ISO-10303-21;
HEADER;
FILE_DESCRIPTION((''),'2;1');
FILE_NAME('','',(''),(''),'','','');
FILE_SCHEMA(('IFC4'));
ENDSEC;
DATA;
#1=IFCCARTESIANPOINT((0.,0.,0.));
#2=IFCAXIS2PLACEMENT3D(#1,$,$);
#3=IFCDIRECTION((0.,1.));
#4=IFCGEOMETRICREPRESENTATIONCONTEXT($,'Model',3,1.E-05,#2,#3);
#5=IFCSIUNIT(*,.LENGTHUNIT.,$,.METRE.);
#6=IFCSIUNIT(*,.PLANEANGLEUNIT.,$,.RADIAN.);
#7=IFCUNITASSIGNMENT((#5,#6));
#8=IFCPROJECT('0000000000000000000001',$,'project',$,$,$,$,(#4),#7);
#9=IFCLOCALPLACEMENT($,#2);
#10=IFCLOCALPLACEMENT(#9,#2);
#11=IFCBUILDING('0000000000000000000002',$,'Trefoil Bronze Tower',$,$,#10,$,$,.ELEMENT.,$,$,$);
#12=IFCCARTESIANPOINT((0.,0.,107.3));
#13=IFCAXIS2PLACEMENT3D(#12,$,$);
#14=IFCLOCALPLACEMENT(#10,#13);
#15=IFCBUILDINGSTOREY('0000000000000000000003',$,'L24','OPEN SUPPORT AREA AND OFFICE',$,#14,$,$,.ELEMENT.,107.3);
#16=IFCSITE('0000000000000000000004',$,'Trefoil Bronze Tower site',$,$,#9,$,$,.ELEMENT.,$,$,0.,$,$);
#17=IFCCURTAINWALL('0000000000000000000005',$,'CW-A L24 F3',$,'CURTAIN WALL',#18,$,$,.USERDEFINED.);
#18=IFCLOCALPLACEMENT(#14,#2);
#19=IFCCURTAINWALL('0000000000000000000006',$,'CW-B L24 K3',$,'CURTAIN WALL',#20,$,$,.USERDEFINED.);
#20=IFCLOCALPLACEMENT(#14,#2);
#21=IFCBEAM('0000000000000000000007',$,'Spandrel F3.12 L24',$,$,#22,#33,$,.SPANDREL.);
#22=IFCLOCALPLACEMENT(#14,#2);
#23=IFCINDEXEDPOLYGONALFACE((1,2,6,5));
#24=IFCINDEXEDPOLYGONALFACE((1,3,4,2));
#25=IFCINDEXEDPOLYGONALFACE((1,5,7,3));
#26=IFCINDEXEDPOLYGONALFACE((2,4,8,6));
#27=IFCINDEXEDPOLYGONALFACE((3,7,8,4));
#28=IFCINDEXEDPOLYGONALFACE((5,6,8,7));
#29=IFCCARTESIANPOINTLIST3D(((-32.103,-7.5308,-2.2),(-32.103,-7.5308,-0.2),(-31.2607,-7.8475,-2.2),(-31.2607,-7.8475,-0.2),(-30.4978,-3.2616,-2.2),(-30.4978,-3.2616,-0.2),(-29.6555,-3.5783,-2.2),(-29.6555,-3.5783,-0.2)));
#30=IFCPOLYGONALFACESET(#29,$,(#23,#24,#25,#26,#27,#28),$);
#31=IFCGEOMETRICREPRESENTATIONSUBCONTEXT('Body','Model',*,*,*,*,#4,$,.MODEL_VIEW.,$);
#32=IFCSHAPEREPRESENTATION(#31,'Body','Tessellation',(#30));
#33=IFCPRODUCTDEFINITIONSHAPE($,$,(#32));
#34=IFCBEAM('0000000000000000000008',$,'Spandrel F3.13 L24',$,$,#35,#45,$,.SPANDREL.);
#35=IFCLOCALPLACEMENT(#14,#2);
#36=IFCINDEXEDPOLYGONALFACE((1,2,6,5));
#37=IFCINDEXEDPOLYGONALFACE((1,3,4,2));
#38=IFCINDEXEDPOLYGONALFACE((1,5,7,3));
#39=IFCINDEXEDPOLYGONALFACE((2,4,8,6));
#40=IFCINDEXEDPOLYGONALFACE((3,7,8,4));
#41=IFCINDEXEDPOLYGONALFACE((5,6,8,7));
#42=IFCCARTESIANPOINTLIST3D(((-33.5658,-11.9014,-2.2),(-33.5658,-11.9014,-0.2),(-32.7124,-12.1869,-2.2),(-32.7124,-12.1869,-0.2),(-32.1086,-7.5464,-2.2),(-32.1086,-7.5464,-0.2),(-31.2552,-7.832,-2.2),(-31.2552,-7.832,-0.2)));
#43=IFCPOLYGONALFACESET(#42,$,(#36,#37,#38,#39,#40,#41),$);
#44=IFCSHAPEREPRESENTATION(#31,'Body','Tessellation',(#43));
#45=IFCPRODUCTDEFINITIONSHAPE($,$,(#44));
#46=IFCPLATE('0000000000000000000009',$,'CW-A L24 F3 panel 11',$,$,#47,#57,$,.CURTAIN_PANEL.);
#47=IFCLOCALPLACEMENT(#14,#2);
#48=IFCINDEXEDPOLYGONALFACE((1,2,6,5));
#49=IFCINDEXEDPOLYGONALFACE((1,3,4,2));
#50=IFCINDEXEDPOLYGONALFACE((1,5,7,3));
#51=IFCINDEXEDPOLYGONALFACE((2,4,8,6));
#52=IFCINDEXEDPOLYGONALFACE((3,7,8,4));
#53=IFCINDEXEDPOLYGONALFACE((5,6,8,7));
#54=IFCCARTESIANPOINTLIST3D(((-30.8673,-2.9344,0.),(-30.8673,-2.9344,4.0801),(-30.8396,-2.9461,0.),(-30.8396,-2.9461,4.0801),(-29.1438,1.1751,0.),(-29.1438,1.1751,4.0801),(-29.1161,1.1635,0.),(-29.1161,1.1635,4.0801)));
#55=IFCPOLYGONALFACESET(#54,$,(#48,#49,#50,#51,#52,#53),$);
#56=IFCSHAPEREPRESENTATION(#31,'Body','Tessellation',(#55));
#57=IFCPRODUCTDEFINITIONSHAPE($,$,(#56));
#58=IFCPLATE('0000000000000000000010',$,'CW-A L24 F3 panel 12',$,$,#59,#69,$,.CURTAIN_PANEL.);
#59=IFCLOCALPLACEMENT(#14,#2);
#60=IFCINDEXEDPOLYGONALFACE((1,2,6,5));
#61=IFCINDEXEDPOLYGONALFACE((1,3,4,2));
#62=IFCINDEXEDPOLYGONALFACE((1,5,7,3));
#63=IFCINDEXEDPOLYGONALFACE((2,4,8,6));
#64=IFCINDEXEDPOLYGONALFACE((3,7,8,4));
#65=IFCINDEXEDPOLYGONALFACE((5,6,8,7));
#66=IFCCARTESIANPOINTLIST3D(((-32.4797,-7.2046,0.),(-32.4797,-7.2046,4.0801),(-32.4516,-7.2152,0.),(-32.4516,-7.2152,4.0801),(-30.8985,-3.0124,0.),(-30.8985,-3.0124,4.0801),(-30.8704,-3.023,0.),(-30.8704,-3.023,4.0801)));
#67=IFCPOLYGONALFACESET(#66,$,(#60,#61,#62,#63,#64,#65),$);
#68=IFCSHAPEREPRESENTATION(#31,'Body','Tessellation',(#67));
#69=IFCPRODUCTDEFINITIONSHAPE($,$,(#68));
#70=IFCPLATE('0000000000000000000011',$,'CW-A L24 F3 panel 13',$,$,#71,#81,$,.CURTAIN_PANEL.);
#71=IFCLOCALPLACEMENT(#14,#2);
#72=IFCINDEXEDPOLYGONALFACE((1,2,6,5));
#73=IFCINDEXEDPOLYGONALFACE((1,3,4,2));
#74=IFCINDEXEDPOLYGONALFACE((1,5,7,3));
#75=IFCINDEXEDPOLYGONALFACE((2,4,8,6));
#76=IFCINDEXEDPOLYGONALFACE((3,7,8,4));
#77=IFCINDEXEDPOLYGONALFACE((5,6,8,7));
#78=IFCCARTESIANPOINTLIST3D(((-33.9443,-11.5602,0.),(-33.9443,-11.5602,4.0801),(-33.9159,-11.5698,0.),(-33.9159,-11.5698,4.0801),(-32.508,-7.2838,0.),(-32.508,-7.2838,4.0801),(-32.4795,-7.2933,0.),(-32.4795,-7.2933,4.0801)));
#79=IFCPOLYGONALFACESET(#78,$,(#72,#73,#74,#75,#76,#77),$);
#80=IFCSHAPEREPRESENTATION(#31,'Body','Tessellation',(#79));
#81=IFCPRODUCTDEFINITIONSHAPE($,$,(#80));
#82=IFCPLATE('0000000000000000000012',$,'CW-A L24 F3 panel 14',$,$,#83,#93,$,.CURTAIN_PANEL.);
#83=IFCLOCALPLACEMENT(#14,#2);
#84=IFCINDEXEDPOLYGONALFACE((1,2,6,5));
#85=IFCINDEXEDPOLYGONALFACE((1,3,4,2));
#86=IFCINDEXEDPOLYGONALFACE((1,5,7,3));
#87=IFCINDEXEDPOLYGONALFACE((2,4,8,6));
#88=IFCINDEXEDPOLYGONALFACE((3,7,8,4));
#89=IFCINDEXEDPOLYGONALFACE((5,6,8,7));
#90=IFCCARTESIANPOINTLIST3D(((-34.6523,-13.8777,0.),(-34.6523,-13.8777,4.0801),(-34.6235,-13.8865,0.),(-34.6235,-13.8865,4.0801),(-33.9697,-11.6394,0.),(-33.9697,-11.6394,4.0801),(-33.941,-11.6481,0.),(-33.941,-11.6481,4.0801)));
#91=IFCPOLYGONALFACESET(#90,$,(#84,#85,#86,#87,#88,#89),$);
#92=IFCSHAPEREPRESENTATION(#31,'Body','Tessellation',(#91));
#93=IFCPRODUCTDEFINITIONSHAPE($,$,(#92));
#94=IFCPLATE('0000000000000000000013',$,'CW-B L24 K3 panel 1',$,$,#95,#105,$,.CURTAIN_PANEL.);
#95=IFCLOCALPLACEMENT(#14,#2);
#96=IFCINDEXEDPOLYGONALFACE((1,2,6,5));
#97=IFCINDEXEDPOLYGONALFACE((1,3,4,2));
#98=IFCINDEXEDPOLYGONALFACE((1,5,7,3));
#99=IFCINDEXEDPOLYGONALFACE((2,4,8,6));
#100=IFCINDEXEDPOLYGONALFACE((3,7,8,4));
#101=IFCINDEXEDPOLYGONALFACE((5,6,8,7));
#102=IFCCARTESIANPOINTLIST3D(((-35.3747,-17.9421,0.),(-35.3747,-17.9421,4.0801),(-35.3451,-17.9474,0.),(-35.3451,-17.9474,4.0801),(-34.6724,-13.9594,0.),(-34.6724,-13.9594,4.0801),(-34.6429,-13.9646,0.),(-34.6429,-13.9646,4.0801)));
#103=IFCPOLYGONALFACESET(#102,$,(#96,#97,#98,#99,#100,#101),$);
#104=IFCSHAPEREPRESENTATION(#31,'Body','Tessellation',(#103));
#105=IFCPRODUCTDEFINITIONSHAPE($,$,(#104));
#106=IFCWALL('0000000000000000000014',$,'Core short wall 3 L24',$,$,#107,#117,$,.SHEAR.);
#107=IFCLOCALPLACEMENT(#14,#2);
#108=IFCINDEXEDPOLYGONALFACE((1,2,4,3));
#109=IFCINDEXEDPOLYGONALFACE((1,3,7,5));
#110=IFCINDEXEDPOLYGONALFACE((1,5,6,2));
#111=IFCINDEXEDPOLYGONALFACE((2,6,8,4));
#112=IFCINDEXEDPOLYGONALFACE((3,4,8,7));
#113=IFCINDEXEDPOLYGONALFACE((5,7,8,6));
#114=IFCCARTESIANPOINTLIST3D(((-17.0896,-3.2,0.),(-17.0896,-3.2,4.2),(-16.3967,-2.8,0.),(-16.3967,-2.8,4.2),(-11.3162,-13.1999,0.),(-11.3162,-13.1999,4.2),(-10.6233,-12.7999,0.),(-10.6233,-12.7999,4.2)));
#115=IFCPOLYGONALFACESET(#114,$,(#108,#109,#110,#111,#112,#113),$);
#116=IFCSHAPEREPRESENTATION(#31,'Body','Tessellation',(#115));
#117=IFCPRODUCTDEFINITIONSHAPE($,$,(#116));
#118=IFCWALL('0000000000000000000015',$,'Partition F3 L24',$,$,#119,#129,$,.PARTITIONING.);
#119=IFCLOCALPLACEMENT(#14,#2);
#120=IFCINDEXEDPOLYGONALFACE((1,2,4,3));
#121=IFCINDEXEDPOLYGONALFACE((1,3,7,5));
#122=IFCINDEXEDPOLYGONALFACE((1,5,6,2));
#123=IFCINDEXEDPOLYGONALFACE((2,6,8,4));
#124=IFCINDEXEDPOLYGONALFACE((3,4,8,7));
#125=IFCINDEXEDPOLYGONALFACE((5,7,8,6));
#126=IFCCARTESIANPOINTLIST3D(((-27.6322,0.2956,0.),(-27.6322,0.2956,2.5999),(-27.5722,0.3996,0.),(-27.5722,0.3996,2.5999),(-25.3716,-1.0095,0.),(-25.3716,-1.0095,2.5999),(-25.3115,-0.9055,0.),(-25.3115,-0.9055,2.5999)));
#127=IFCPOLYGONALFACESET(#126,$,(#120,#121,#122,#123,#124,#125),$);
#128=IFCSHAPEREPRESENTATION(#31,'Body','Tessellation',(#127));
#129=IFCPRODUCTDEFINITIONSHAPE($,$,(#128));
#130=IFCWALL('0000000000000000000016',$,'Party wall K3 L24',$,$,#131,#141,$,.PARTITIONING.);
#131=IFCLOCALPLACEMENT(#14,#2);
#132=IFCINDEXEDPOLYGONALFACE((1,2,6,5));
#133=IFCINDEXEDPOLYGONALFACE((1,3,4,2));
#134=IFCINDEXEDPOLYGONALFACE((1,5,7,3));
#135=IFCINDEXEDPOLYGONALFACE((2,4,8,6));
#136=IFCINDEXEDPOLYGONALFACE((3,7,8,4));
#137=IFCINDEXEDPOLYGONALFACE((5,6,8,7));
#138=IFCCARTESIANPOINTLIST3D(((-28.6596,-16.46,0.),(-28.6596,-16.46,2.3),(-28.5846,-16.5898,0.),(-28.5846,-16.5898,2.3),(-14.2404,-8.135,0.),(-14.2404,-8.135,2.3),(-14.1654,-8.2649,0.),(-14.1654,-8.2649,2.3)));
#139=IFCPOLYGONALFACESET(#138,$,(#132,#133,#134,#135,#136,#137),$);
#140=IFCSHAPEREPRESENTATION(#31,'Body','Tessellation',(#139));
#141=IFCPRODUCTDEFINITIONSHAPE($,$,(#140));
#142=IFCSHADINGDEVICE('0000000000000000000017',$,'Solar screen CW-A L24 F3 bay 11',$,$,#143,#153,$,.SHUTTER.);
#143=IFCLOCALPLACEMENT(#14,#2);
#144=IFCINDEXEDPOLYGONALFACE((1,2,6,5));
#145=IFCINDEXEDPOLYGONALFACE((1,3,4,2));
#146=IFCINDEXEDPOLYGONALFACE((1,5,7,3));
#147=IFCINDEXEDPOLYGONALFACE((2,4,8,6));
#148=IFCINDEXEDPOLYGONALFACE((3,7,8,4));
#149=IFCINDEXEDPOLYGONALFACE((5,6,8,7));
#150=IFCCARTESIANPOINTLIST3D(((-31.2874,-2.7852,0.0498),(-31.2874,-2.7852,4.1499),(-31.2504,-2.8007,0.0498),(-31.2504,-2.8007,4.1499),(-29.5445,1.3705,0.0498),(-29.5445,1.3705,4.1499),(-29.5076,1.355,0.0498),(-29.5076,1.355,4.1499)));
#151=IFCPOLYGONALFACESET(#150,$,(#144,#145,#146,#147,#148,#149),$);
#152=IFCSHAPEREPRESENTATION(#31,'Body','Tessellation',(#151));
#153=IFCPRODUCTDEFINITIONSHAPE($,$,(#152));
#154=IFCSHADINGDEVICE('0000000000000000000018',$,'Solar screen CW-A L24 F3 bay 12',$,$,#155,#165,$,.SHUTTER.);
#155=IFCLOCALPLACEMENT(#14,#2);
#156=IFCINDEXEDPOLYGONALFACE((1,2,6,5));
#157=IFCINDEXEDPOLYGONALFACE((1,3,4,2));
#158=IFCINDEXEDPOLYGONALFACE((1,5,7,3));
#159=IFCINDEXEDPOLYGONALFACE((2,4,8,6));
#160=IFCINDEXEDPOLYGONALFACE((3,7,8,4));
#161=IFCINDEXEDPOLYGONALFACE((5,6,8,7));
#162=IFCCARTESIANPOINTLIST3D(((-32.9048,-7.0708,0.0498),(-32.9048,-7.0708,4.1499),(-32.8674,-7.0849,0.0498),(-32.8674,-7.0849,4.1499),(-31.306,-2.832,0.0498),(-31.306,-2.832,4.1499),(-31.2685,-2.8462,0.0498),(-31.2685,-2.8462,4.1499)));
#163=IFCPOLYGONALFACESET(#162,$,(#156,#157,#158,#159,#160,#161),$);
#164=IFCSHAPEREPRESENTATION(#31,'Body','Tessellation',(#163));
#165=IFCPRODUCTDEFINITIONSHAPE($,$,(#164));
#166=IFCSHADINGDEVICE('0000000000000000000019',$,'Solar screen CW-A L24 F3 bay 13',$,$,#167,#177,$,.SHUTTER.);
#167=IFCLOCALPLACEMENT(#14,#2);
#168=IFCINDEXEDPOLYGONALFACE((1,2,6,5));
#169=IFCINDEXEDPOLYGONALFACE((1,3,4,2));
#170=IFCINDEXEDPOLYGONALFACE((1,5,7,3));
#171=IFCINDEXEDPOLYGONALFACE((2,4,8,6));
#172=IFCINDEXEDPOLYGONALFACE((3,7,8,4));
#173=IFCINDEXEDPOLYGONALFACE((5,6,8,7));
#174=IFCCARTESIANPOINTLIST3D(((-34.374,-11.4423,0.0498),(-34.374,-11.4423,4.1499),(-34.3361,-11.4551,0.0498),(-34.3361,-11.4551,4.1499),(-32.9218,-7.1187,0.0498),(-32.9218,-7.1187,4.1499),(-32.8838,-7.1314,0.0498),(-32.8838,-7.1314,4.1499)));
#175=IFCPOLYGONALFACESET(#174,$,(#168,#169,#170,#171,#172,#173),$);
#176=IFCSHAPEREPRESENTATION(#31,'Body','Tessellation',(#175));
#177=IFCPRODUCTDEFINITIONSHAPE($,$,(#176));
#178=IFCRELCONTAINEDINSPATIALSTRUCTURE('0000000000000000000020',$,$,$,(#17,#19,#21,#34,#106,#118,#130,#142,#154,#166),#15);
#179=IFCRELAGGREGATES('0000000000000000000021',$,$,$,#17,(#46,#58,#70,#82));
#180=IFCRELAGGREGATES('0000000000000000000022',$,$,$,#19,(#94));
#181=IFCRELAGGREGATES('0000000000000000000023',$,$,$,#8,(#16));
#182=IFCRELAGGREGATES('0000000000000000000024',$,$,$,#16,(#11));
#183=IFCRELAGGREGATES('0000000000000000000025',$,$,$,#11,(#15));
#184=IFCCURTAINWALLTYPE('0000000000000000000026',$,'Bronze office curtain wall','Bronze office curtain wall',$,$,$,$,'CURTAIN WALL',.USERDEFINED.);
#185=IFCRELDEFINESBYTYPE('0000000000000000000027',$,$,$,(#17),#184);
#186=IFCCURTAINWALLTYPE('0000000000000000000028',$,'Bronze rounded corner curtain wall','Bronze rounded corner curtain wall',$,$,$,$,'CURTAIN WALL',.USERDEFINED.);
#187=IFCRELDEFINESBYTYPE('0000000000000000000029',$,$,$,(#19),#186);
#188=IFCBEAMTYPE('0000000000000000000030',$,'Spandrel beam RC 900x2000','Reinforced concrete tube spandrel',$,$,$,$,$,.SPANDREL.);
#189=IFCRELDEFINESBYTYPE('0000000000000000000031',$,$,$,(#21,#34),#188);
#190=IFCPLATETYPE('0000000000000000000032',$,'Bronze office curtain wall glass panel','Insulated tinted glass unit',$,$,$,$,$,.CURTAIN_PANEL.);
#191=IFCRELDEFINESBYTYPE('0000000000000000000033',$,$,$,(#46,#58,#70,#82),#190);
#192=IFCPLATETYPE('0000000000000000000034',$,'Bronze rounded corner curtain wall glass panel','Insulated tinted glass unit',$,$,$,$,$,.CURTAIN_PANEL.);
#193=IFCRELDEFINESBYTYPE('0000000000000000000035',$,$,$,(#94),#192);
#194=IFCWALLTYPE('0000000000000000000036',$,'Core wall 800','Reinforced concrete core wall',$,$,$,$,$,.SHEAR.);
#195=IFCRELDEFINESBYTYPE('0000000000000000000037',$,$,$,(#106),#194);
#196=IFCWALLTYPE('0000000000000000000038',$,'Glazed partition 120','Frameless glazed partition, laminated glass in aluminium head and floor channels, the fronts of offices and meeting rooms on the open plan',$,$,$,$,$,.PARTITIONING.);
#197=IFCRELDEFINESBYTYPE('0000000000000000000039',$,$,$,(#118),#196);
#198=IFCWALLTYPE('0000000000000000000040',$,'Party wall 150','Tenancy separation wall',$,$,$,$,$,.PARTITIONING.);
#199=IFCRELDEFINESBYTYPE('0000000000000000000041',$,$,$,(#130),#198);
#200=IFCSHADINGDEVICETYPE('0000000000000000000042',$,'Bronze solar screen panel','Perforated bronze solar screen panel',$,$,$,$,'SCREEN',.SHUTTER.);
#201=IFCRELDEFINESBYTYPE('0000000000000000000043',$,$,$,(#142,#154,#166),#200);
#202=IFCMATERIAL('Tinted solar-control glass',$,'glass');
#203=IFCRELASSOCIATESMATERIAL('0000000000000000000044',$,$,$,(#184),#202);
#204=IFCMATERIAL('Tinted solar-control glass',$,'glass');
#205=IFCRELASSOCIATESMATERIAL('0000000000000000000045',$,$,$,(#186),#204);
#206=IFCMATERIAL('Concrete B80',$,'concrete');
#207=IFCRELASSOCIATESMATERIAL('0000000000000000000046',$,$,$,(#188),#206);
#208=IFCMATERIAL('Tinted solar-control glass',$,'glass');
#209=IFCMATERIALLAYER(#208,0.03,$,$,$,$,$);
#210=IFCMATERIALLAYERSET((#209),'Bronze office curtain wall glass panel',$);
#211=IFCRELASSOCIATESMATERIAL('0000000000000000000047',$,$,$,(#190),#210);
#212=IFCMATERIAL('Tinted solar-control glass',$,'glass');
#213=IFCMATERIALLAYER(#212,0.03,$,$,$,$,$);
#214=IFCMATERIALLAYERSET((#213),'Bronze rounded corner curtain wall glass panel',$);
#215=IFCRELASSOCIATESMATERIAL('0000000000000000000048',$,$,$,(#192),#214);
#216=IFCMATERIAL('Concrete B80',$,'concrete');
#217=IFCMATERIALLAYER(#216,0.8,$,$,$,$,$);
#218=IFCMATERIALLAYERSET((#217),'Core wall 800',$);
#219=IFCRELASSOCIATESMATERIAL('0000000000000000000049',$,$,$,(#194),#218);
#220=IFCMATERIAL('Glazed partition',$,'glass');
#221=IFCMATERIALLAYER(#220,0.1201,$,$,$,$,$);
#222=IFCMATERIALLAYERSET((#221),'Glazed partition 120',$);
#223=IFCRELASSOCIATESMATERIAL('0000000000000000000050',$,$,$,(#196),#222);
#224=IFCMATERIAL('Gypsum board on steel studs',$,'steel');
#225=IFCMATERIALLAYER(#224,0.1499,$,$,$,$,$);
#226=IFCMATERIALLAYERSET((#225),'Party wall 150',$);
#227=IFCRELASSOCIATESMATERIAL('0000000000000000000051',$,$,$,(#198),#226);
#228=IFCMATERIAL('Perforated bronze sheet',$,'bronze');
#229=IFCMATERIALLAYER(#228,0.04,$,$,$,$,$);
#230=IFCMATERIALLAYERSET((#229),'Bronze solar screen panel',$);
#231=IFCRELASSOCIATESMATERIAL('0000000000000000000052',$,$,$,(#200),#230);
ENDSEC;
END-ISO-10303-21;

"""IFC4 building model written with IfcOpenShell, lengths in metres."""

from ifc_helpers import new_model, si_unit, direction, frame, frame_2d, origin, origin_2d, place, context, subcontext, project, spatial, rectangle, extrude, material, layer, layer_set, material_profile, profile_set, type_object, element, aggregate, save


model = new_model("IFC4")

# Units and contexts
model_context = context("Model", 3, precision=1e-05, world=origin(), true_north=direction((0.0, 1.0)))
body_context = subcontext(model_context, "Body", "Model", "MODEL_VIEW")
ifc_project = project(units=[si_unit("LENGTHUNIT", "METRE"), si_unit("PLANEANGLEUNIT", "RADIAN")], contexts=[model_context])

# Site, building, storey
site_placement = place(None, origin())
site = spatial("IfcSite", under=ifc_project, at=site_placement, Name="Trefoil Bronze Tower site", CompositionType="ELEMENT", RefElevation=0.0)
building_placement = place(site_placement, origin())
building = spatial("IfcBuilding", under=site, at=building_placement, Name="Trefoil Bronze Tower", CompositionType="ELEMENT")
storey_placement = place(building_placement, frame((0.0, 0.0, 107.3)))
storey = spatial("IfcBuildingStorey", under=building, at=storey_placement, Name="L24", Description="OPEN SUPPORT AREA AND OFFICE", CompositionType="ELEMENT", Elevation=107.3)

# Curtain walls
ifc_material_1 = material(Name="Tinted solar-control glass", Category="glass")
curtain_wall_type_1 = type_object("IfcCurtainWallType", Name="Bronze office curtain wall", Description="Bronze office curtain wall", ElementType="CURTAIN WALL", PredefinedType="USERDEFINED", material=ifc_material_1)
curtain_wall_1_placement = place(storey_placement, origin())
curtain_wall_1 = element("IfcCurtainWall", 1, at=curtain_wall_1_placement, inside=storey, type_object=curtain_wall_type_1, Name="CW-A L24 F3", ObjectType="CURTAIN WALL", PredefinedType="USERDEFINED")
ifc_material_2 = material(Name="Tinted solar-control glass", Category="glass")
curtain_wall_type_2 = type_object("IfcCurtainWallType", Name="Bronze rounded corner curtain wall", Description="Bronze rounded corner curtain wall", ElementType="CURTAIN WALL", PredefinedType="USERDEFINED", material=ifc_material_2)
curtain_wall_2_placement = place(storey_placement, origin())
curtain_wall_2 = element("IfcCurtainWall", 2, at=curtain_wall_2_placement, inside=storey, type_object=curtain_wall_type_2, Name="CW-B L24 K3", ObjectType="CURTAIN WALL", PredefinedType="USERDEFINED")

# Beams
ifc_material_3 = material(Name="Concrete B80", Category="concrete")
ifc_material_profile_1 = material_profile(ifc_material_3, rectangle(XDim=0.8999, YDim=2.0, at=origin_2d()), Name="RC 900x2000")
ifc_profile_set_1 = profile_set([ifc_material_profile_1], Name="Concrete B80")
beam_type_1 = type_object("IfcBeamType", Name="Spandrel beam RC 900x2000", Description="Reinforced concrete tube spandrel", PredefinedType="SPANDREL", material=ifc_profile_set_1)
beam_1_placement = place(storey_placement, frame((-30.0767, -3.4199, -1.2), z_axis=(-0.351939, -0.936023, 0.0), x_axis=(0.936023, -0.351939, 0.0)))
element("IfcBeam", 3, at=beam_1_placement, inside=storey, type_object=beam_type_1, Name="Spandrel F3.12 L24", PredefinedType="SPANDREL", context=body_context, shape_type="SweptSolid", body=[
    extrude(rectangle(XDim=0.8999, YDim=2.0, at=origin_2d()), origin(), (0.0, 0.0, 1.0), 4.561),
])
beam_2_placement = place(storey_placement, frame((-31.6819, -7.6892, -1.2), z_axis=(-0.317328, -0.948316, 0.0), x_axis=(0.948316, -0.317328, 0.0)))
element("IfcBeam", 4, at=beam_2_placement, inside=storey, type_object=beam_type_1, Name="Spandrel F3.13 L24", PredefinedType="SPANDREL", context=body_context, shape_type="SweptSolid", body=[
    extrude(rectangle(XDim=0.8999, YDim=2.0, at=origin_2d()), origin(), (0.0, 0.0, 1.0), 4.5923),
])

# Plates
ifc_material_4 = material(Name="Tinted solar-control glass", Category="glass")
ifc_layer_1 = layer(ifc_material_4, 0.03)
ifc_layer_set_1 = layer_set([ifc_layer_1], Name="Bronze office curtain wall glass panel")
plate_type_1 = type_object("IfcPlateType", Name="Bronze office curtain wall glass panel", Description="Insulated tinted glass unit", PredefinedType="CURTAIN_PANEL", material=ifc_layer_set_1)
plate_1_placement = place(storey_placement, frame((-29.9917, -0.8855, 0.0), z_axis=(0.0, 0.0, 1.0), x_axis=(-0.386759, -0.922181, 0.0)))
plate_1 = element("IfcPlate", 5, at=plate_1_placement, type_object=plate_type_1, Name="CW-A L24 F3 panel 11", PredefinedType="CURTAIN_PANEL", context=body_context, shape_type="SweptSolid", body=[
    extrude(rectangle(XDim=4.4563, YDim=0.03, at=origin_2d()), origin(), (0.0, 0.0, 1.0), 4.0801),
])
plate_2_placement = place(storey_placement, frame((-31.675, -5.1138, 0.0), z_axis=(0.0, 0.0, 1.0), x_axis=(-0.35292, -0.935654, 0.0)))
plate_2 = element("IfcPlate", 6, at=plate_2_placement, type_object=plate_type_1, Name="CW-A L24 F3 panel 12", PredefinedType="CURTAIN_PANEL", context=body_context, shape_type="SweptSolid", body=[
    extrude(rectangle(XDim=4.4805, YDim=0.03, at=origin_2d()), origin(), (0.0, 0.0, 1.0), 4.0801),
])
plate_3_placement = place(storey_placement, frame((-33.2119, -9.4268, 0.0), z_axis=(0.0, 0.0, 1.0), x_axis=(-0.318404, -0.947955, 0.0)))
plate_3 = element("IfcPlate", 7, at=plate_3_placement, type_object=plate_type_1, Name="CW-A L24 F3 panel 13", PredefinedType="CURTAIN_PANEL", context=body_context, shape_type="SweptSolid", body=[
    extrude(rectangle(XDim=4.5112, YDim=0.03, at=origin_2d()), origin(), (0.0, 0.0, 1.0), 4.0801),
])
plate_4_placement = place(storey_placement, frame((-34.2966, -12.7629, 0.0), z_axis=(0.0, 0.0, 1.0), x_axis=(-0.291669, -0.956519, 0.0)))
plate_4 = element("IfcPlate", 8, at=plate_4_placement, type_object=plate_type_1, Name="CW-A L24 F3 panel 14", PredefinedType="CURTAIN_PANEL", context=body_context, shape_type="SweptSolid", body=[
    extrude(rectangle(XDim=2.3401, YDim=0.03, at=origin_2d()), origin(), (0.0, 0.0, 1.0), 4.0801),
])
aggregate(curtain_wall_1, [plate_1, plate_2, plate_3, plate_4])
ifc_material_5 = material(Name="Tinted solar-control glass", Category="glass")
ifc_layer_2 = layer(ifc_material_5, 0.03)
ifc_layer_set_2 = layer_set([ifc_layer_2], Name="Bronze rounded corner curtain wall glass panel")
plate_type_2 = type_object("IfcPlateType", Name="Bronze rounded corner curtain wall glass panel", Description="Insulated tinted glass unit", PredefinedType="CURTAIN_PANEL", material=ifc_layer_set_2)
plate_5_placement = place(storey_placement, frame((-35.0088, -15.9534, 0.0), z_axis=(0.0, 0.0, 1.0), x_axis=(-0.173648, -0.984808, 0.0)))
plate_5 = element("IfcPlate", 9, at=plate_5_placement, type_object=plate_type_2, Name="CW-B L24 K3 panel 1", PredefinedType="CURTAIN_PANEL", context=body_context, shape_type="SweptSolid", body=[
    extrude(rectangle(XDim=4.0442, YDim=0.03, at=origin_2d()), origin(), (0.0, 0.0, 1.0), 4.0801),
])
aggregate(curtain_wall_2, [plate_5])

# Walls
ifc_material_6 = material(Name="Concrete B80", Category="concrete")
ifc_layer_3 = layer(ifc_material_6, 0.8)
ifc_layer_set_3 = layer_set([ifc_layer_3], Name="Core wall 800")
wall_type_1 = type_object("IfcWallType", Name="Core wall 800", Description="Reinforced concrete core wall", PredefinedType="SHEAR", material=ifc_layer_set_3)
wall_1_placement = place(storey_placement, frame((-16.7432, -3.0, 0.0), z_axis=(0.0, 0.0, 1.0), x_axis=(0.499996, -0.866028, 0.0)))
element("IfcWall", 10, at=wall_1_placement, inside=storey, type_object=wall_type_1, Name="Core short wall 3 L24", PredefinedType="SHEAR", context=body_context, shape_type="SweptSolid", body=[
    extrude(rectangle(XDim=11.5469, YDim=0.8, at=frame_2d((5.7734, 0.0))), origin(), (0.0, 0.0, 1.0), 4.2),
])
ifc_material_7 = material(Name="Glazed partition", Category="glass")
ifc_layer_4 = layer(ifc_material_7, 0.1201)
ifc_layer_set_4 = layer_set([ifc_layer_4], Name="Glazed partition 120")
wall_type_2 = type_object("IfcWallType", Name="Glazed partition 120", Description="Frameless glazed partition, laminated glass in aluminium head and floor channels, the fronts of offices and meeting rooms on the open plan", PredefinedType="PARTITIONING", material=ifc_layer_set_4)
wall_2_placement = place(storey_placement, frame((-25.3416, -0.9575, 0.0), z_axis=(0.0, 0.0, 1.0), x_axis=(-0.866036, 0.499982, 0.0)))
element("IfcWall", 11, at=wall_2_placement, inside=storey, type_object=wall_type_2, Name="Partition F3 L24", PredefinedType="PARTITIONING", context=body_context, shape_type="SweptSolid", body=[
    extrude(rectangle(XDim=2.6104, YDim=0.1201, at=frame_2d((1.3052, 0.0))), origin(), (0.0, 0.0, 1.0), 2.5999),
])
ifc_material_8 = material(Name="Gypsum board on steel studs", Category="steel")
ifc_layer_5 = layer(ifc_material_8, 0.1499)
ifc_layer_set_5 = layer_set([ifc_layer_5], Name="Party wall 150")
wall_type_3 = type_object("IfcWallType", Name="Party wall 150", Description="Tenancy separation wall", PredefinedType="PARTITIONING", material=ifc_layer_set_5)
wall_3_placement = place(storey_placement, frame((-14.2029, -8.2, 0.0), z_axis=(0.0, 0.0, 1.0), x_axis=(-0.866025, -0.500001, 0.0)))
element("IfcWall", 12, at=wall_3_placement, inside=storey, type_object=wall_type_3, Name="Party wall K3 L24", PredefinedType="PARTITIONING", context=body_context, shape_type="SweptSolid", body=[
    extrude(rectangle(XDim=16.6499, YDim=0.1499, at=frame_2d((8.325, 0.0))), origin(), (0.0, 0.0, 1.0), 2.3),
])

# Shading devices
ifc_material_9 = material(Name="Perforated bronze sheet", Category="bronze")
ifc_layer_6 = layer(ifc_material_9, 0.04)
ifc_layer_set_6 = layer_set([ifc_layer_6], Name="Bronze solar screen panel")
shading_device_type = type_object("IfcShadingDeviceType", Name="Bronze solar screen panel", Description="Perforated bronze solar screen panel", ElementType="SCREEN", PredefinedType="SHUTTER", material=ifc_layer_set_6)
shading_device_1_placement = place(storey_placement, frame((-30.3975, -0.7151, 0.0498), z_axis=(0.0, 0.0, 1.0), x_axis=(-0.386759, -0.922181, 0.0)))
element("IfcShadingDevice", 13, at=shading_device_1_placement, inside=storey, type_object=shading_device_type, Name="Solar screen CW-A L24 F3 bay 11", PredefinedType="SHUTTER", context=body_context, shape_type="SweptSolid", body=[
    extrude(rectangle(XDim=4.5063, YDim=0.04, at=origin_2d()), origin(), (0.0, 0.0, 1.0), 4.1001),
])
shading_device_2_placement = place(storey_placement, frame((-32.0867, -4.9585, 0.0498), z_axis=(0.0, 0.0, 1.0), x_axis=(-0.35292, -0.935654, 0.0)))
element("IfcShadingDevice", 14, at=shading_device_2_placement, inside=storey, type_object=shading_device_type, Name="Solar screen CW-A L24 F3 bay 12", PredefinedType="SHUTTER", context=body_context, shape_type="SweptSolid", body=[
    extrude(rectangle(XDim=4.5303, YDim=0.04, at=origin_2d()), origin(), (0.0, 0.0, 1.0), 4.1001),
])
shading_device_3_placement = place(storey_placement, frame((-33.6289, -9.2869, 0.0498), z_axis=(0.0, 0.0, 1.0), x_axis=(-0.318404, -0.947955, 0.0)))
element("IfcShadingDevice", 15, at=shading_device_3_placement, inside=storey, type_object=shading_device_type, Name="Solar screen CW-A L24 F3 bay 13", PredefinedType="SHUTTER", context=body_context, shape_type="SweptSolid", body=[
    extrude(rectangle(XDim=4.561, YDim=0.04, at=origin_2d()), origin(), (0.0, 0.0, 1.0), 4.1001),
])

save(model, "model.ifc")
